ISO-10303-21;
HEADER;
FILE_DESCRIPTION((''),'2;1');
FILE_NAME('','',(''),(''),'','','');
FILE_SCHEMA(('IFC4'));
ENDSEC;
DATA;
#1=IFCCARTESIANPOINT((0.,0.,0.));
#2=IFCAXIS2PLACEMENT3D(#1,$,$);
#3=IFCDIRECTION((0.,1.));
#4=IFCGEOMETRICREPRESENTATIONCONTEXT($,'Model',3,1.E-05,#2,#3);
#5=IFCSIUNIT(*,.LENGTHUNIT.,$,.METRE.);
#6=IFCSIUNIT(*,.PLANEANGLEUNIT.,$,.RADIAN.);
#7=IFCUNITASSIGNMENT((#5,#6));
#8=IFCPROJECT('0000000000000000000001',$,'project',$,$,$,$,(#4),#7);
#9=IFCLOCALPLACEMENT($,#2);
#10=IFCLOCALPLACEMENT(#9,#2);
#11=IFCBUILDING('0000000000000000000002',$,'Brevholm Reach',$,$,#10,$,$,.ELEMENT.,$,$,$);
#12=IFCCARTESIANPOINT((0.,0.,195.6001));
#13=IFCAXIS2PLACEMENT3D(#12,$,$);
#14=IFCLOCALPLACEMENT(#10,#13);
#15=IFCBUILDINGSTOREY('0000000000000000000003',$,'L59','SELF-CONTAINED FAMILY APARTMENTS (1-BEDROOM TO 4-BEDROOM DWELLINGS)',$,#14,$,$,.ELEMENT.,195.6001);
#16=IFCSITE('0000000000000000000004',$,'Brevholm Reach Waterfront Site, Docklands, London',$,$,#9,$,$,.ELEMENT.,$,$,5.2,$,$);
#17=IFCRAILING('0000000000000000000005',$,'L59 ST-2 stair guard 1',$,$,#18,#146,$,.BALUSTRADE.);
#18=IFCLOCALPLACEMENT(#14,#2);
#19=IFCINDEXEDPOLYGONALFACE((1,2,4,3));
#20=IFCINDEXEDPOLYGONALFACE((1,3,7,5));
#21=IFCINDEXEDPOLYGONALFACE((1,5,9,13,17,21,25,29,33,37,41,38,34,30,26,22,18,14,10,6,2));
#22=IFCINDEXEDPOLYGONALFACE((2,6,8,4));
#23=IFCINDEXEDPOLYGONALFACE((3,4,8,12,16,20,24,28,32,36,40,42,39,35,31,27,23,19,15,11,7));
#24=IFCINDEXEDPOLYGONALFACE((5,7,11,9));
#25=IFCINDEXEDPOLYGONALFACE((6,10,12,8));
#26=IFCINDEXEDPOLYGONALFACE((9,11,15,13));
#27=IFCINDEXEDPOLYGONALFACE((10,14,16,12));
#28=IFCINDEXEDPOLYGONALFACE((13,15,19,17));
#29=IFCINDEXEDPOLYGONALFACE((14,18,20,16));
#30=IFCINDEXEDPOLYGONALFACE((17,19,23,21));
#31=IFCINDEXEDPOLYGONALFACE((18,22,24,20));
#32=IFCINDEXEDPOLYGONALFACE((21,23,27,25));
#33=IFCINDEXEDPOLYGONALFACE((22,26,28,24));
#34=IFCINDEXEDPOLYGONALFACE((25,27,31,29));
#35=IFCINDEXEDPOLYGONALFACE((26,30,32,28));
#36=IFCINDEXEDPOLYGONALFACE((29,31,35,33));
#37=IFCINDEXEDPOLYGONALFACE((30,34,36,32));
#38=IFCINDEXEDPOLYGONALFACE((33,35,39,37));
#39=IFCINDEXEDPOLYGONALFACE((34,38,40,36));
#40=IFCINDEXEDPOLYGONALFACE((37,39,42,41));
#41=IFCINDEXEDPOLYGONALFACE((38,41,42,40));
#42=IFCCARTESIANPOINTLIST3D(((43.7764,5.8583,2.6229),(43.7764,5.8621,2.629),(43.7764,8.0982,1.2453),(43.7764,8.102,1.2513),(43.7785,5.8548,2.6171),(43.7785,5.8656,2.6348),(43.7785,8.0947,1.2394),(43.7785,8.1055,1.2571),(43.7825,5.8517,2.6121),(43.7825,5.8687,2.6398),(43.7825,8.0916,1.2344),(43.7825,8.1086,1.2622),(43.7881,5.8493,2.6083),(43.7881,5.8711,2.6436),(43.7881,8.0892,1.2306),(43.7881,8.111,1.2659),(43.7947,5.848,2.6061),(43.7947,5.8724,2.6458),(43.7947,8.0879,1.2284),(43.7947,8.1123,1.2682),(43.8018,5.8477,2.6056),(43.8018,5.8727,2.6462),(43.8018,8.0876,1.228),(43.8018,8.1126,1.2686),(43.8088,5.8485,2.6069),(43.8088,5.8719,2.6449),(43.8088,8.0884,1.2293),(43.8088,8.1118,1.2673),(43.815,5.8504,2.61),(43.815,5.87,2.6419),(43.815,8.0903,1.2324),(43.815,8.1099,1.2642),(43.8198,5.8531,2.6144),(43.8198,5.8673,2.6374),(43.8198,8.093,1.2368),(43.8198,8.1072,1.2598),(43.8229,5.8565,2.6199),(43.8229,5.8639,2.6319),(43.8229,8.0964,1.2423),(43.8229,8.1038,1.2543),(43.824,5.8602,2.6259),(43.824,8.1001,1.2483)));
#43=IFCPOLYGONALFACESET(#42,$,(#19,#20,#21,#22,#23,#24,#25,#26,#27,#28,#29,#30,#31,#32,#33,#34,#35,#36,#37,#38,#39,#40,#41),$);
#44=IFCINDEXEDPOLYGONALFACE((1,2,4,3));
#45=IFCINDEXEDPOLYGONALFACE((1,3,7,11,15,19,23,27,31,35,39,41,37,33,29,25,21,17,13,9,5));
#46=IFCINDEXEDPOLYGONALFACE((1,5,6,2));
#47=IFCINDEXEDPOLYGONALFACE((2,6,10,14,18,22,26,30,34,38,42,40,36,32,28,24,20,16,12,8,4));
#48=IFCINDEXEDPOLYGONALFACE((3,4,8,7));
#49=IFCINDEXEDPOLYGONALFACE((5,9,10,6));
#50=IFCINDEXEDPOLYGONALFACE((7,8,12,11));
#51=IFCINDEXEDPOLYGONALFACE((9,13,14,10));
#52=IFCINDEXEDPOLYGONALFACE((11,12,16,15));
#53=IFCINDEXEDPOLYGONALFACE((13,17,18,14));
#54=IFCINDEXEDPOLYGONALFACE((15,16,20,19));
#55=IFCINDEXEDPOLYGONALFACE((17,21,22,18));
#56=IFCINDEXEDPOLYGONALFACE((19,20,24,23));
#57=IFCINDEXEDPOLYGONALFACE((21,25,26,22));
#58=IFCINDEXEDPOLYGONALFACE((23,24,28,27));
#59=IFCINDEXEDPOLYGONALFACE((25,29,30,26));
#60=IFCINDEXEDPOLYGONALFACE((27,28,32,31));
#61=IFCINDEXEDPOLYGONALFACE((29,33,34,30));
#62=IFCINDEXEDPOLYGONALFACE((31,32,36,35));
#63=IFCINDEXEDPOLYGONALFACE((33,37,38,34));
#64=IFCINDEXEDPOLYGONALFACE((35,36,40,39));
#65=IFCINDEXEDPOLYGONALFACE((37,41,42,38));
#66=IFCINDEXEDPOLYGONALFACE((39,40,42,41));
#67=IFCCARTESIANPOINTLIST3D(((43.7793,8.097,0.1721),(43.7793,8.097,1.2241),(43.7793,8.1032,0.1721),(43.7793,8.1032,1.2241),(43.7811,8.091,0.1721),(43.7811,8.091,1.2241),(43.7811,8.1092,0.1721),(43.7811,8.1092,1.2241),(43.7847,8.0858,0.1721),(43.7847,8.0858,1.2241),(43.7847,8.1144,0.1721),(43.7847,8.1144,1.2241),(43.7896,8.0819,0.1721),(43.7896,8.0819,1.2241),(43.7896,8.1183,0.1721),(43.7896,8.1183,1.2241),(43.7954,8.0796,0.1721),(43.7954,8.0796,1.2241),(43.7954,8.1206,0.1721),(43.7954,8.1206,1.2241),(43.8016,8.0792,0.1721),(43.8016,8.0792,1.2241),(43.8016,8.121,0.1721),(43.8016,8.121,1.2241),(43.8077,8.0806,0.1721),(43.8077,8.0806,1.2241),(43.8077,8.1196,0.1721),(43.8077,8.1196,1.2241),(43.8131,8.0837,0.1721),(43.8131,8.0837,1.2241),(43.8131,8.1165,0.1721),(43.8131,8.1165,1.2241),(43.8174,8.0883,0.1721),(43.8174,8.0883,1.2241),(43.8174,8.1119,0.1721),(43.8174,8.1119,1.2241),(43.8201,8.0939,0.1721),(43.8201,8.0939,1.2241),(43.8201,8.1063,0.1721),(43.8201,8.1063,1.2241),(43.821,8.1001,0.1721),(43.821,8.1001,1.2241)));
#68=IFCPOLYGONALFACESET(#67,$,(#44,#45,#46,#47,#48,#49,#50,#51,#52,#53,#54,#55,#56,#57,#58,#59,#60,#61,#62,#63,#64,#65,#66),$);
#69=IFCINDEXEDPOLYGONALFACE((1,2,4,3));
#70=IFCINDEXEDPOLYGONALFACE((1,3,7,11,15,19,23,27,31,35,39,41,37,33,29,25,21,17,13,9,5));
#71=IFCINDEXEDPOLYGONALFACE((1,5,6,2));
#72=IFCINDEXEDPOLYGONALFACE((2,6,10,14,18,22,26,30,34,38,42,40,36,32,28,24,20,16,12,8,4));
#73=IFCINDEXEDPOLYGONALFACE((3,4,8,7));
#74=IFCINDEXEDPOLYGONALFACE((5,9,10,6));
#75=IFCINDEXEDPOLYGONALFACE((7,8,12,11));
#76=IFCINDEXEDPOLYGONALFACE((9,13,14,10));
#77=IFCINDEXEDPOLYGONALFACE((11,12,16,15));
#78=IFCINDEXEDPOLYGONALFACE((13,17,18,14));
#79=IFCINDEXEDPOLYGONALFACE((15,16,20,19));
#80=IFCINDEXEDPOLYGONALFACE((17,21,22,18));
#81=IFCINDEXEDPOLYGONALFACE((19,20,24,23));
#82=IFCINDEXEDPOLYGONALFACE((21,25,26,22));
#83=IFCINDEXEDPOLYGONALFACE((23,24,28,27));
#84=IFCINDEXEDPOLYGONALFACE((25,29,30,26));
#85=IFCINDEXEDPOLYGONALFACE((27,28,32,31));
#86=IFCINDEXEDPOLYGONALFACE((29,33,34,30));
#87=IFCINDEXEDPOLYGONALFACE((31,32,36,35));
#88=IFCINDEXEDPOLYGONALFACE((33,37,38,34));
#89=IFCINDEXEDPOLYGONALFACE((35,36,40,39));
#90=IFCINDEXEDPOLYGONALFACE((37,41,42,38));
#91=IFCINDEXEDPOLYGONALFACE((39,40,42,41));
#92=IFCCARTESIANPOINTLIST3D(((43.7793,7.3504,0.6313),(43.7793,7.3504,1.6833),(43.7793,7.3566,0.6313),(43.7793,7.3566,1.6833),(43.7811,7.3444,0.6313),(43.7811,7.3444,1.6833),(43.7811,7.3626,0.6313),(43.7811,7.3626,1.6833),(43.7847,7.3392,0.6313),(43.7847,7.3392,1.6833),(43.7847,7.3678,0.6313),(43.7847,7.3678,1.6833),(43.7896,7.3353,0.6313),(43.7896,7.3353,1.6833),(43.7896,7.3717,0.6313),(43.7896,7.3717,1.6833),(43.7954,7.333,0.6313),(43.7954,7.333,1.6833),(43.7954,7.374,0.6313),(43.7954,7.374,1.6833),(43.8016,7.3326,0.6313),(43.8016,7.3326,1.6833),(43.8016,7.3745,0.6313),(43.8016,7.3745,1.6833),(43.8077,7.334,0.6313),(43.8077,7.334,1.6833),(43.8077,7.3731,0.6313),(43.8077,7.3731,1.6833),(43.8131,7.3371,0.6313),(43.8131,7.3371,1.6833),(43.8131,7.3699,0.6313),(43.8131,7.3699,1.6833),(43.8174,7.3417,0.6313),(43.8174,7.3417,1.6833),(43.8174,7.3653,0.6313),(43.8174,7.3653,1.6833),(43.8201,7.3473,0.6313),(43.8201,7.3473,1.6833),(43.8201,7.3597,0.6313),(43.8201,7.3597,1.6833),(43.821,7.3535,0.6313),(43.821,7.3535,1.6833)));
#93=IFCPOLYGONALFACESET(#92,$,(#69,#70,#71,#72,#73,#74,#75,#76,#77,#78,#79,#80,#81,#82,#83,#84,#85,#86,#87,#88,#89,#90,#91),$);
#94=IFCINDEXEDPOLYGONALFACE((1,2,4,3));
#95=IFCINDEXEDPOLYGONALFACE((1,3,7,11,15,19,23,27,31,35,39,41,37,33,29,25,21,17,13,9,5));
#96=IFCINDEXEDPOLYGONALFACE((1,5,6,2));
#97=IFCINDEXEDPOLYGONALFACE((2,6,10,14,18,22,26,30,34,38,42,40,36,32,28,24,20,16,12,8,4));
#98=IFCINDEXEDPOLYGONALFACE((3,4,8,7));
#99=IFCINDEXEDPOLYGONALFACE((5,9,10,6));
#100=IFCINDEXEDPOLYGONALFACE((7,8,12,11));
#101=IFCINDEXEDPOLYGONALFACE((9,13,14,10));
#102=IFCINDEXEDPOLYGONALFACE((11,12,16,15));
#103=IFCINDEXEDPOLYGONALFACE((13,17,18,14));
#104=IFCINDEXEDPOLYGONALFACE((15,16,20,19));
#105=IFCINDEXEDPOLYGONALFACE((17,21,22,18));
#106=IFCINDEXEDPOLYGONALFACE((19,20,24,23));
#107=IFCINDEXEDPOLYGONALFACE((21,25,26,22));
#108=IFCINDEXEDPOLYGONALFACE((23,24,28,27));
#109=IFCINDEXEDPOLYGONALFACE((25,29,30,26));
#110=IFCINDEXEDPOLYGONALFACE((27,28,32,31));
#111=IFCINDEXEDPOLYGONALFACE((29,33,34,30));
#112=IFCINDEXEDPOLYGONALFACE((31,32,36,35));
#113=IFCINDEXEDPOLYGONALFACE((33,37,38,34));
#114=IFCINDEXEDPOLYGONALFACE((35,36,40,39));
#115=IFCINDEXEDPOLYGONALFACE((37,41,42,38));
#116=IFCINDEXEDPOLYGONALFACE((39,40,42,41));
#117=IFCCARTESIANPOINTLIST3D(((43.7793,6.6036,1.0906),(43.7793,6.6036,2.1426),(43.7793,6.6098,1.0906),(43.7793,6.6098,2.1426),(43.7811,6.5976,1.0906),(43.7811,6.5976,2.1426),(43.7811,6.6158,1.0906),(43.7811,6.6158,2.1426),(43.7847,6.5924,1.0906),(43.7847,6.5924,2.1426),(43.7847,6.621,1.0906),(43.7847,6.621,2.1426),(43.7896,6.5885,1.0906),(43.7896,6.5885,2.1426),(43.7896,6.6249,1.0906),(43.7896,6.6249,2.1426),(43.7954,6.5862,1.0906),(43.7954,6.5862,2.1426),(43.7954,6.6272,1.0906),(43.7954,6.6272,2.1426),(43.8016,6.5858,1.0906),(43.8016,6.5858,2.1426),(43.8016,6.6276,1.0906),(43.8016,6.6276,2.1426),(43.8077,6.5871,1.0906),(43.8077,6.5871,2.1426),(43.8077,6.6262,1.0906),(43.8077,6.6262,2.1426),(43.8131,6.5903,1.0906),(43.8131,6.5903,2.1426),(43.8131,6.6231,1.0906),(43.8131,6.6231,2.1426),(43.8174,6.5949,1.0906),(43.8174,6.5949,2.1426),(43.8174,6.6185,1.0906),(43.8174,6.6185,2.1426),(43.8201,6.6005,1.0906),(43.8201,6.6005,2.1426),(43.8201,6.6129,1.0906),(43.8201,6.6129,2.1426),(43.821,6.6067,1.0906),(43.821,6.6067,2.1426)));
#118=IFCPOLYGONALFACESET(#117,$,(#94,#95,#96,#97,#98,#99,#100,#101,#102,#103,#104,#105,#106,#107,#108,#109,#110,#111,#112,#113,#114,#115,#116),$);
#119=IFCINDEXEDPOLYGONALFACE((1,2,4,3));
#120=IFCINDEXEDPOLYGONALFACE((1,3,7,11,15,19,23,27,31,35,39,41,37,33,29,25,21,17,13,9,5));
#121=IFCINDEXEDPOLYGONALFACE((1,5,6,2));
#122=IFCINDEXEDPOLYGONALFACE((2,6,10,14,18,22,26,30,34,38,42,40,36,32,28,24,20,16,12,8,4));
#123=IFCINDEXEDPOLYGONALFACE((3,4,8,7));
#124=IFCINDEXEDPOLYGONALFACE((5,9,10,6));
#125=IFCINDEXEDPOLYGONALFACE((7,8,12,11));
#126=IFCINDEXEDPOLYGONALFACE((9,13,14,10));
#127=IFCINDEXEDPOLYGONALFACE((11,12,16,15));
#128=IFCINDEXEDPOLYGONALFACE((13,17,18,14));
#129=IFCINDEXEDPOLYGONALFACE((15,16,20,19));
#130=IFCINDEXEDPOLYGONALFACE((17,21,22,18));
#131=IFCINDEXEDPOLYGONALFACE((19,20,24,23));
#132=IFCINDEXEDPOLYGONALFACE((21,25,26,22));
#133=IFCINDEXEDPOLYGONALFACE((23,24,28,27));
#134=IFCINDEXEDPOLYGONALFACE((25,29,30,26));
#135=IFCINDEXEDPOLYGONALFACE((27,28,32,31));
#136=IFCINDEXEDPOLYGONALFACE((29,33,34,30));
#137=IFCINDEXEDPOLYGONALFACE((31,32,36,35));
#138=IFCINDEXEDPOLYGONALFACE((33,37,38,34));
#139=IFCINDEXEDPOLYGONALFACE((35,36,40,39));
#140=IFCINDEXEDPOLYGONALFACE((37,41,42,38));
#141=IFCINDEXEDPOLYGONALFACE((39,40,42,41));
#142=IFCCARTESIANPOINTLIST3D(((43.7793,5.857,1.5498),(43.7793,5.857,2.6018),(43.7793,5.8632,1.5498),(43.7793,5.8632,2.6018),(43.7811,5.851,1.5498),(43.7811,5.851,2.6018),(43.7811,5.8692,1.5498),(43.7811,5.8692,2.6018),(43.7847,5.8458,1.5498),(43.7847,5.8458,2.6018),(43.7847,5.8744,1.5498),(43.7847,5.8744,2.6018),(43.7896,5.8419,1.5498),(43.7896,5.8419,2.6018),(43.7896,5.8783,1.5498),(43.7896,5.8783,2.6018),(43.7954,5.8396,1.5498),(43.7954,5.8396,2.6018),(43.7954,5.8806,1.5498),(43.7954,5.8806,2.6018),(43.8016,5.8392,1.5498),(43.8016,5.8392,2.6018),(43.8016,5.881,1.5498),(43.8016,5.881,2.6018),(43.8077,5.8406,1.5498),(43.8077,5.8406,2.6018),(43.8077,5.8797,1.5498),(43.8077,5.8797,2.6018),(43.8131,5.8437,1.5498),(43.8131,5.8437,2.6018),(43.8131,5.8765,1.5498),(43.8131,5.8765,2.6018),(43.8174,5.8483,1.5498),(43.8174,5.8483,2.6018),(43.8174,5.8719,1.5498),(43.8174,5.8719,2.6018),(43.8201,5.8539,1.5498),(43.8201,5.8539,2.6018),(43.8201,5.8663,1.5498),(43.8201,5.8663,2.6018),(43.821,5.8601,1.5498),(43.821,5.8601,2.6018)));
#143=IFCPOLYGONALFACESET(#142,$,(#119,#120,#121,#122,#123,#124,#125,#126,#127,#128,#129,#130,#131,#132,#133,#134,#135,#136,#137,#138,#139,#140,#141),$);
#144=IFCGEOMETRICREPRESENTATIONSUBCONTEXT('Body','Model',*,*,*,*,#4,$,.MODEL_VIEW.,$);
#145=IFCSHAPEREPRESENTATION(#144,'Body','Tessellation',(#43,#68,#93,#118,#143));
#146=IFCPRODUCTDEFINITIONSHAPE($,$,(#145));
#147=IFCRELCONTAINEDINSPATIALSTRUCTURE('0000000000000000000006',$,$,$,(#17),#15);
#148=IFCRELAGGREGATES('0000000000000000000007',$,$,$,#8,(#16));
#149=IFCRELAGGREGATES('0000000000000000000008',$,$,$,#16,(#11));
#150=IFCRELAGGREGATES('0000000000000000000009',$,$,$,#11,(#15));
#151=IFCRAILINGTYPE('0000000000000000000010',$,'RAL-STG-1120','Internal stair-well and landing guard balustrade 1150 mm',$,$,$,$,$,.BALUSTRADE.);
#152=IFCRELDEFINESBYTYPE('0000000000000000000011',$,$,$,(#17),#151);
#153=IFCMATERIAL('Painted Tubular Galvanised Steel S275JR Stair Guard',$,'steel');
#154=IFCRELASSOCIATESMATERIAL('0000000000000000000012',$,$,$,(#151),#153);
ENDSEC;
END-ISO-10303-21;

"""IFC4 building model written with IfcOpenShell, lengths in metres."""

from ifc_helpers import new_model, si_unit, direction, frame, origin, origin_2d, place, context, subcontext, project, spatial, circle, extrude, material, type_object, element, save


model = new_model("IFC4")

# Units and contexts
model_context = context("Model", 3, precision=1e-05, world=origin(), true_north=direction((0.0, 1.0)))
body_context = subcontext(model_context, "Body", "Model", "MODEL_VIEW")
ifc_project = project(units=[si_unit("LENGTHUNIT", "METRE"), si_unit("PLANEANGLEUNIT", "RADIAN")], contexts=[model_context])

# Site, building, storey
site_placement = place(None, origin())
site = spatial("IfcSite", under=ifc_project, at=site_placement, Name="Brevholm Reach Waterfront Site, Docklands, London", CompositionType="ELEMENT", RefElevation=5.2)
building_placement = place(site_placement, origin())
building = spatial("IfcBuilding", under=site, at=building_placement, Name="Brevholm Reach", CompositionType="ELEMENT")
storey_placement = place(building_placement, frame((0.0, 0.0, 195.6001)))
storey = spatial("IfcBuildingStorey", under=building, at=storey_placement, Name="L59", Description="SELF-CONTAINED FAMILY APARTMENTS (1-BEDROOM TO 4-BEDROOM DWELLINGS)", CompositionType="ELEMENT", Elevation=195.6001)

# Railing
ifc_material_1 = material(Name="Painted Tubular Galvanised Steel S275JR Stair Guard", Category="steel")
railing_type_1 = type_object("IfcRailingType", Name="RAL-STG-1120", Description="Internal stair-well and landing guard balustrade 1150 mm", PredefinedType="BALUSTRADE", material=ifc_material_1)
railing_1_placement = place(storey_placement, frame((43.8, 8.1001, 0.1721)))
element("IfcRailing", 1, at=railing_1_placement, inside=storey, type_object=railing_type_1, Name="L59 ST-2 stair guard 1", PredefinedType="BALUSTRADE", context=body_context, shape_type="SweptSolid", body=[
    extrude(circle(Radius=0.0239, at=origin_2d()), frame((0.0, 0.0, 1.0762), z_axis=(0.0, -0.851789, 0.523885), x_axis=(1.0, 0.0, 0.0)), (0.0, 0.0, 1.0), 2.6296),
    extrude(circle(Radius=0.021, at=origin_2d()), origin(), (0.0, 0.0, 1.0), 1.052),
    extrude(circle(Radius=0.021, at=origin_2d()), frame((0.0, -0.7466, 0.4592)), (0.0, 0.0, 1.0), 1.052),
    extrude(circle(Radius=0.021, at=origin_2d()), frame((0.0, -1.4934, 0.9185)), (0.0, 0.0, 1.0), 1.052),
    extrude(circle(Radius=0.021, at=origin_2d()), frame((0.0, -2.24, 1.3777)), (0.0, 0.0, 1.0), 1.052),
])

save(model, "model.ifc")
